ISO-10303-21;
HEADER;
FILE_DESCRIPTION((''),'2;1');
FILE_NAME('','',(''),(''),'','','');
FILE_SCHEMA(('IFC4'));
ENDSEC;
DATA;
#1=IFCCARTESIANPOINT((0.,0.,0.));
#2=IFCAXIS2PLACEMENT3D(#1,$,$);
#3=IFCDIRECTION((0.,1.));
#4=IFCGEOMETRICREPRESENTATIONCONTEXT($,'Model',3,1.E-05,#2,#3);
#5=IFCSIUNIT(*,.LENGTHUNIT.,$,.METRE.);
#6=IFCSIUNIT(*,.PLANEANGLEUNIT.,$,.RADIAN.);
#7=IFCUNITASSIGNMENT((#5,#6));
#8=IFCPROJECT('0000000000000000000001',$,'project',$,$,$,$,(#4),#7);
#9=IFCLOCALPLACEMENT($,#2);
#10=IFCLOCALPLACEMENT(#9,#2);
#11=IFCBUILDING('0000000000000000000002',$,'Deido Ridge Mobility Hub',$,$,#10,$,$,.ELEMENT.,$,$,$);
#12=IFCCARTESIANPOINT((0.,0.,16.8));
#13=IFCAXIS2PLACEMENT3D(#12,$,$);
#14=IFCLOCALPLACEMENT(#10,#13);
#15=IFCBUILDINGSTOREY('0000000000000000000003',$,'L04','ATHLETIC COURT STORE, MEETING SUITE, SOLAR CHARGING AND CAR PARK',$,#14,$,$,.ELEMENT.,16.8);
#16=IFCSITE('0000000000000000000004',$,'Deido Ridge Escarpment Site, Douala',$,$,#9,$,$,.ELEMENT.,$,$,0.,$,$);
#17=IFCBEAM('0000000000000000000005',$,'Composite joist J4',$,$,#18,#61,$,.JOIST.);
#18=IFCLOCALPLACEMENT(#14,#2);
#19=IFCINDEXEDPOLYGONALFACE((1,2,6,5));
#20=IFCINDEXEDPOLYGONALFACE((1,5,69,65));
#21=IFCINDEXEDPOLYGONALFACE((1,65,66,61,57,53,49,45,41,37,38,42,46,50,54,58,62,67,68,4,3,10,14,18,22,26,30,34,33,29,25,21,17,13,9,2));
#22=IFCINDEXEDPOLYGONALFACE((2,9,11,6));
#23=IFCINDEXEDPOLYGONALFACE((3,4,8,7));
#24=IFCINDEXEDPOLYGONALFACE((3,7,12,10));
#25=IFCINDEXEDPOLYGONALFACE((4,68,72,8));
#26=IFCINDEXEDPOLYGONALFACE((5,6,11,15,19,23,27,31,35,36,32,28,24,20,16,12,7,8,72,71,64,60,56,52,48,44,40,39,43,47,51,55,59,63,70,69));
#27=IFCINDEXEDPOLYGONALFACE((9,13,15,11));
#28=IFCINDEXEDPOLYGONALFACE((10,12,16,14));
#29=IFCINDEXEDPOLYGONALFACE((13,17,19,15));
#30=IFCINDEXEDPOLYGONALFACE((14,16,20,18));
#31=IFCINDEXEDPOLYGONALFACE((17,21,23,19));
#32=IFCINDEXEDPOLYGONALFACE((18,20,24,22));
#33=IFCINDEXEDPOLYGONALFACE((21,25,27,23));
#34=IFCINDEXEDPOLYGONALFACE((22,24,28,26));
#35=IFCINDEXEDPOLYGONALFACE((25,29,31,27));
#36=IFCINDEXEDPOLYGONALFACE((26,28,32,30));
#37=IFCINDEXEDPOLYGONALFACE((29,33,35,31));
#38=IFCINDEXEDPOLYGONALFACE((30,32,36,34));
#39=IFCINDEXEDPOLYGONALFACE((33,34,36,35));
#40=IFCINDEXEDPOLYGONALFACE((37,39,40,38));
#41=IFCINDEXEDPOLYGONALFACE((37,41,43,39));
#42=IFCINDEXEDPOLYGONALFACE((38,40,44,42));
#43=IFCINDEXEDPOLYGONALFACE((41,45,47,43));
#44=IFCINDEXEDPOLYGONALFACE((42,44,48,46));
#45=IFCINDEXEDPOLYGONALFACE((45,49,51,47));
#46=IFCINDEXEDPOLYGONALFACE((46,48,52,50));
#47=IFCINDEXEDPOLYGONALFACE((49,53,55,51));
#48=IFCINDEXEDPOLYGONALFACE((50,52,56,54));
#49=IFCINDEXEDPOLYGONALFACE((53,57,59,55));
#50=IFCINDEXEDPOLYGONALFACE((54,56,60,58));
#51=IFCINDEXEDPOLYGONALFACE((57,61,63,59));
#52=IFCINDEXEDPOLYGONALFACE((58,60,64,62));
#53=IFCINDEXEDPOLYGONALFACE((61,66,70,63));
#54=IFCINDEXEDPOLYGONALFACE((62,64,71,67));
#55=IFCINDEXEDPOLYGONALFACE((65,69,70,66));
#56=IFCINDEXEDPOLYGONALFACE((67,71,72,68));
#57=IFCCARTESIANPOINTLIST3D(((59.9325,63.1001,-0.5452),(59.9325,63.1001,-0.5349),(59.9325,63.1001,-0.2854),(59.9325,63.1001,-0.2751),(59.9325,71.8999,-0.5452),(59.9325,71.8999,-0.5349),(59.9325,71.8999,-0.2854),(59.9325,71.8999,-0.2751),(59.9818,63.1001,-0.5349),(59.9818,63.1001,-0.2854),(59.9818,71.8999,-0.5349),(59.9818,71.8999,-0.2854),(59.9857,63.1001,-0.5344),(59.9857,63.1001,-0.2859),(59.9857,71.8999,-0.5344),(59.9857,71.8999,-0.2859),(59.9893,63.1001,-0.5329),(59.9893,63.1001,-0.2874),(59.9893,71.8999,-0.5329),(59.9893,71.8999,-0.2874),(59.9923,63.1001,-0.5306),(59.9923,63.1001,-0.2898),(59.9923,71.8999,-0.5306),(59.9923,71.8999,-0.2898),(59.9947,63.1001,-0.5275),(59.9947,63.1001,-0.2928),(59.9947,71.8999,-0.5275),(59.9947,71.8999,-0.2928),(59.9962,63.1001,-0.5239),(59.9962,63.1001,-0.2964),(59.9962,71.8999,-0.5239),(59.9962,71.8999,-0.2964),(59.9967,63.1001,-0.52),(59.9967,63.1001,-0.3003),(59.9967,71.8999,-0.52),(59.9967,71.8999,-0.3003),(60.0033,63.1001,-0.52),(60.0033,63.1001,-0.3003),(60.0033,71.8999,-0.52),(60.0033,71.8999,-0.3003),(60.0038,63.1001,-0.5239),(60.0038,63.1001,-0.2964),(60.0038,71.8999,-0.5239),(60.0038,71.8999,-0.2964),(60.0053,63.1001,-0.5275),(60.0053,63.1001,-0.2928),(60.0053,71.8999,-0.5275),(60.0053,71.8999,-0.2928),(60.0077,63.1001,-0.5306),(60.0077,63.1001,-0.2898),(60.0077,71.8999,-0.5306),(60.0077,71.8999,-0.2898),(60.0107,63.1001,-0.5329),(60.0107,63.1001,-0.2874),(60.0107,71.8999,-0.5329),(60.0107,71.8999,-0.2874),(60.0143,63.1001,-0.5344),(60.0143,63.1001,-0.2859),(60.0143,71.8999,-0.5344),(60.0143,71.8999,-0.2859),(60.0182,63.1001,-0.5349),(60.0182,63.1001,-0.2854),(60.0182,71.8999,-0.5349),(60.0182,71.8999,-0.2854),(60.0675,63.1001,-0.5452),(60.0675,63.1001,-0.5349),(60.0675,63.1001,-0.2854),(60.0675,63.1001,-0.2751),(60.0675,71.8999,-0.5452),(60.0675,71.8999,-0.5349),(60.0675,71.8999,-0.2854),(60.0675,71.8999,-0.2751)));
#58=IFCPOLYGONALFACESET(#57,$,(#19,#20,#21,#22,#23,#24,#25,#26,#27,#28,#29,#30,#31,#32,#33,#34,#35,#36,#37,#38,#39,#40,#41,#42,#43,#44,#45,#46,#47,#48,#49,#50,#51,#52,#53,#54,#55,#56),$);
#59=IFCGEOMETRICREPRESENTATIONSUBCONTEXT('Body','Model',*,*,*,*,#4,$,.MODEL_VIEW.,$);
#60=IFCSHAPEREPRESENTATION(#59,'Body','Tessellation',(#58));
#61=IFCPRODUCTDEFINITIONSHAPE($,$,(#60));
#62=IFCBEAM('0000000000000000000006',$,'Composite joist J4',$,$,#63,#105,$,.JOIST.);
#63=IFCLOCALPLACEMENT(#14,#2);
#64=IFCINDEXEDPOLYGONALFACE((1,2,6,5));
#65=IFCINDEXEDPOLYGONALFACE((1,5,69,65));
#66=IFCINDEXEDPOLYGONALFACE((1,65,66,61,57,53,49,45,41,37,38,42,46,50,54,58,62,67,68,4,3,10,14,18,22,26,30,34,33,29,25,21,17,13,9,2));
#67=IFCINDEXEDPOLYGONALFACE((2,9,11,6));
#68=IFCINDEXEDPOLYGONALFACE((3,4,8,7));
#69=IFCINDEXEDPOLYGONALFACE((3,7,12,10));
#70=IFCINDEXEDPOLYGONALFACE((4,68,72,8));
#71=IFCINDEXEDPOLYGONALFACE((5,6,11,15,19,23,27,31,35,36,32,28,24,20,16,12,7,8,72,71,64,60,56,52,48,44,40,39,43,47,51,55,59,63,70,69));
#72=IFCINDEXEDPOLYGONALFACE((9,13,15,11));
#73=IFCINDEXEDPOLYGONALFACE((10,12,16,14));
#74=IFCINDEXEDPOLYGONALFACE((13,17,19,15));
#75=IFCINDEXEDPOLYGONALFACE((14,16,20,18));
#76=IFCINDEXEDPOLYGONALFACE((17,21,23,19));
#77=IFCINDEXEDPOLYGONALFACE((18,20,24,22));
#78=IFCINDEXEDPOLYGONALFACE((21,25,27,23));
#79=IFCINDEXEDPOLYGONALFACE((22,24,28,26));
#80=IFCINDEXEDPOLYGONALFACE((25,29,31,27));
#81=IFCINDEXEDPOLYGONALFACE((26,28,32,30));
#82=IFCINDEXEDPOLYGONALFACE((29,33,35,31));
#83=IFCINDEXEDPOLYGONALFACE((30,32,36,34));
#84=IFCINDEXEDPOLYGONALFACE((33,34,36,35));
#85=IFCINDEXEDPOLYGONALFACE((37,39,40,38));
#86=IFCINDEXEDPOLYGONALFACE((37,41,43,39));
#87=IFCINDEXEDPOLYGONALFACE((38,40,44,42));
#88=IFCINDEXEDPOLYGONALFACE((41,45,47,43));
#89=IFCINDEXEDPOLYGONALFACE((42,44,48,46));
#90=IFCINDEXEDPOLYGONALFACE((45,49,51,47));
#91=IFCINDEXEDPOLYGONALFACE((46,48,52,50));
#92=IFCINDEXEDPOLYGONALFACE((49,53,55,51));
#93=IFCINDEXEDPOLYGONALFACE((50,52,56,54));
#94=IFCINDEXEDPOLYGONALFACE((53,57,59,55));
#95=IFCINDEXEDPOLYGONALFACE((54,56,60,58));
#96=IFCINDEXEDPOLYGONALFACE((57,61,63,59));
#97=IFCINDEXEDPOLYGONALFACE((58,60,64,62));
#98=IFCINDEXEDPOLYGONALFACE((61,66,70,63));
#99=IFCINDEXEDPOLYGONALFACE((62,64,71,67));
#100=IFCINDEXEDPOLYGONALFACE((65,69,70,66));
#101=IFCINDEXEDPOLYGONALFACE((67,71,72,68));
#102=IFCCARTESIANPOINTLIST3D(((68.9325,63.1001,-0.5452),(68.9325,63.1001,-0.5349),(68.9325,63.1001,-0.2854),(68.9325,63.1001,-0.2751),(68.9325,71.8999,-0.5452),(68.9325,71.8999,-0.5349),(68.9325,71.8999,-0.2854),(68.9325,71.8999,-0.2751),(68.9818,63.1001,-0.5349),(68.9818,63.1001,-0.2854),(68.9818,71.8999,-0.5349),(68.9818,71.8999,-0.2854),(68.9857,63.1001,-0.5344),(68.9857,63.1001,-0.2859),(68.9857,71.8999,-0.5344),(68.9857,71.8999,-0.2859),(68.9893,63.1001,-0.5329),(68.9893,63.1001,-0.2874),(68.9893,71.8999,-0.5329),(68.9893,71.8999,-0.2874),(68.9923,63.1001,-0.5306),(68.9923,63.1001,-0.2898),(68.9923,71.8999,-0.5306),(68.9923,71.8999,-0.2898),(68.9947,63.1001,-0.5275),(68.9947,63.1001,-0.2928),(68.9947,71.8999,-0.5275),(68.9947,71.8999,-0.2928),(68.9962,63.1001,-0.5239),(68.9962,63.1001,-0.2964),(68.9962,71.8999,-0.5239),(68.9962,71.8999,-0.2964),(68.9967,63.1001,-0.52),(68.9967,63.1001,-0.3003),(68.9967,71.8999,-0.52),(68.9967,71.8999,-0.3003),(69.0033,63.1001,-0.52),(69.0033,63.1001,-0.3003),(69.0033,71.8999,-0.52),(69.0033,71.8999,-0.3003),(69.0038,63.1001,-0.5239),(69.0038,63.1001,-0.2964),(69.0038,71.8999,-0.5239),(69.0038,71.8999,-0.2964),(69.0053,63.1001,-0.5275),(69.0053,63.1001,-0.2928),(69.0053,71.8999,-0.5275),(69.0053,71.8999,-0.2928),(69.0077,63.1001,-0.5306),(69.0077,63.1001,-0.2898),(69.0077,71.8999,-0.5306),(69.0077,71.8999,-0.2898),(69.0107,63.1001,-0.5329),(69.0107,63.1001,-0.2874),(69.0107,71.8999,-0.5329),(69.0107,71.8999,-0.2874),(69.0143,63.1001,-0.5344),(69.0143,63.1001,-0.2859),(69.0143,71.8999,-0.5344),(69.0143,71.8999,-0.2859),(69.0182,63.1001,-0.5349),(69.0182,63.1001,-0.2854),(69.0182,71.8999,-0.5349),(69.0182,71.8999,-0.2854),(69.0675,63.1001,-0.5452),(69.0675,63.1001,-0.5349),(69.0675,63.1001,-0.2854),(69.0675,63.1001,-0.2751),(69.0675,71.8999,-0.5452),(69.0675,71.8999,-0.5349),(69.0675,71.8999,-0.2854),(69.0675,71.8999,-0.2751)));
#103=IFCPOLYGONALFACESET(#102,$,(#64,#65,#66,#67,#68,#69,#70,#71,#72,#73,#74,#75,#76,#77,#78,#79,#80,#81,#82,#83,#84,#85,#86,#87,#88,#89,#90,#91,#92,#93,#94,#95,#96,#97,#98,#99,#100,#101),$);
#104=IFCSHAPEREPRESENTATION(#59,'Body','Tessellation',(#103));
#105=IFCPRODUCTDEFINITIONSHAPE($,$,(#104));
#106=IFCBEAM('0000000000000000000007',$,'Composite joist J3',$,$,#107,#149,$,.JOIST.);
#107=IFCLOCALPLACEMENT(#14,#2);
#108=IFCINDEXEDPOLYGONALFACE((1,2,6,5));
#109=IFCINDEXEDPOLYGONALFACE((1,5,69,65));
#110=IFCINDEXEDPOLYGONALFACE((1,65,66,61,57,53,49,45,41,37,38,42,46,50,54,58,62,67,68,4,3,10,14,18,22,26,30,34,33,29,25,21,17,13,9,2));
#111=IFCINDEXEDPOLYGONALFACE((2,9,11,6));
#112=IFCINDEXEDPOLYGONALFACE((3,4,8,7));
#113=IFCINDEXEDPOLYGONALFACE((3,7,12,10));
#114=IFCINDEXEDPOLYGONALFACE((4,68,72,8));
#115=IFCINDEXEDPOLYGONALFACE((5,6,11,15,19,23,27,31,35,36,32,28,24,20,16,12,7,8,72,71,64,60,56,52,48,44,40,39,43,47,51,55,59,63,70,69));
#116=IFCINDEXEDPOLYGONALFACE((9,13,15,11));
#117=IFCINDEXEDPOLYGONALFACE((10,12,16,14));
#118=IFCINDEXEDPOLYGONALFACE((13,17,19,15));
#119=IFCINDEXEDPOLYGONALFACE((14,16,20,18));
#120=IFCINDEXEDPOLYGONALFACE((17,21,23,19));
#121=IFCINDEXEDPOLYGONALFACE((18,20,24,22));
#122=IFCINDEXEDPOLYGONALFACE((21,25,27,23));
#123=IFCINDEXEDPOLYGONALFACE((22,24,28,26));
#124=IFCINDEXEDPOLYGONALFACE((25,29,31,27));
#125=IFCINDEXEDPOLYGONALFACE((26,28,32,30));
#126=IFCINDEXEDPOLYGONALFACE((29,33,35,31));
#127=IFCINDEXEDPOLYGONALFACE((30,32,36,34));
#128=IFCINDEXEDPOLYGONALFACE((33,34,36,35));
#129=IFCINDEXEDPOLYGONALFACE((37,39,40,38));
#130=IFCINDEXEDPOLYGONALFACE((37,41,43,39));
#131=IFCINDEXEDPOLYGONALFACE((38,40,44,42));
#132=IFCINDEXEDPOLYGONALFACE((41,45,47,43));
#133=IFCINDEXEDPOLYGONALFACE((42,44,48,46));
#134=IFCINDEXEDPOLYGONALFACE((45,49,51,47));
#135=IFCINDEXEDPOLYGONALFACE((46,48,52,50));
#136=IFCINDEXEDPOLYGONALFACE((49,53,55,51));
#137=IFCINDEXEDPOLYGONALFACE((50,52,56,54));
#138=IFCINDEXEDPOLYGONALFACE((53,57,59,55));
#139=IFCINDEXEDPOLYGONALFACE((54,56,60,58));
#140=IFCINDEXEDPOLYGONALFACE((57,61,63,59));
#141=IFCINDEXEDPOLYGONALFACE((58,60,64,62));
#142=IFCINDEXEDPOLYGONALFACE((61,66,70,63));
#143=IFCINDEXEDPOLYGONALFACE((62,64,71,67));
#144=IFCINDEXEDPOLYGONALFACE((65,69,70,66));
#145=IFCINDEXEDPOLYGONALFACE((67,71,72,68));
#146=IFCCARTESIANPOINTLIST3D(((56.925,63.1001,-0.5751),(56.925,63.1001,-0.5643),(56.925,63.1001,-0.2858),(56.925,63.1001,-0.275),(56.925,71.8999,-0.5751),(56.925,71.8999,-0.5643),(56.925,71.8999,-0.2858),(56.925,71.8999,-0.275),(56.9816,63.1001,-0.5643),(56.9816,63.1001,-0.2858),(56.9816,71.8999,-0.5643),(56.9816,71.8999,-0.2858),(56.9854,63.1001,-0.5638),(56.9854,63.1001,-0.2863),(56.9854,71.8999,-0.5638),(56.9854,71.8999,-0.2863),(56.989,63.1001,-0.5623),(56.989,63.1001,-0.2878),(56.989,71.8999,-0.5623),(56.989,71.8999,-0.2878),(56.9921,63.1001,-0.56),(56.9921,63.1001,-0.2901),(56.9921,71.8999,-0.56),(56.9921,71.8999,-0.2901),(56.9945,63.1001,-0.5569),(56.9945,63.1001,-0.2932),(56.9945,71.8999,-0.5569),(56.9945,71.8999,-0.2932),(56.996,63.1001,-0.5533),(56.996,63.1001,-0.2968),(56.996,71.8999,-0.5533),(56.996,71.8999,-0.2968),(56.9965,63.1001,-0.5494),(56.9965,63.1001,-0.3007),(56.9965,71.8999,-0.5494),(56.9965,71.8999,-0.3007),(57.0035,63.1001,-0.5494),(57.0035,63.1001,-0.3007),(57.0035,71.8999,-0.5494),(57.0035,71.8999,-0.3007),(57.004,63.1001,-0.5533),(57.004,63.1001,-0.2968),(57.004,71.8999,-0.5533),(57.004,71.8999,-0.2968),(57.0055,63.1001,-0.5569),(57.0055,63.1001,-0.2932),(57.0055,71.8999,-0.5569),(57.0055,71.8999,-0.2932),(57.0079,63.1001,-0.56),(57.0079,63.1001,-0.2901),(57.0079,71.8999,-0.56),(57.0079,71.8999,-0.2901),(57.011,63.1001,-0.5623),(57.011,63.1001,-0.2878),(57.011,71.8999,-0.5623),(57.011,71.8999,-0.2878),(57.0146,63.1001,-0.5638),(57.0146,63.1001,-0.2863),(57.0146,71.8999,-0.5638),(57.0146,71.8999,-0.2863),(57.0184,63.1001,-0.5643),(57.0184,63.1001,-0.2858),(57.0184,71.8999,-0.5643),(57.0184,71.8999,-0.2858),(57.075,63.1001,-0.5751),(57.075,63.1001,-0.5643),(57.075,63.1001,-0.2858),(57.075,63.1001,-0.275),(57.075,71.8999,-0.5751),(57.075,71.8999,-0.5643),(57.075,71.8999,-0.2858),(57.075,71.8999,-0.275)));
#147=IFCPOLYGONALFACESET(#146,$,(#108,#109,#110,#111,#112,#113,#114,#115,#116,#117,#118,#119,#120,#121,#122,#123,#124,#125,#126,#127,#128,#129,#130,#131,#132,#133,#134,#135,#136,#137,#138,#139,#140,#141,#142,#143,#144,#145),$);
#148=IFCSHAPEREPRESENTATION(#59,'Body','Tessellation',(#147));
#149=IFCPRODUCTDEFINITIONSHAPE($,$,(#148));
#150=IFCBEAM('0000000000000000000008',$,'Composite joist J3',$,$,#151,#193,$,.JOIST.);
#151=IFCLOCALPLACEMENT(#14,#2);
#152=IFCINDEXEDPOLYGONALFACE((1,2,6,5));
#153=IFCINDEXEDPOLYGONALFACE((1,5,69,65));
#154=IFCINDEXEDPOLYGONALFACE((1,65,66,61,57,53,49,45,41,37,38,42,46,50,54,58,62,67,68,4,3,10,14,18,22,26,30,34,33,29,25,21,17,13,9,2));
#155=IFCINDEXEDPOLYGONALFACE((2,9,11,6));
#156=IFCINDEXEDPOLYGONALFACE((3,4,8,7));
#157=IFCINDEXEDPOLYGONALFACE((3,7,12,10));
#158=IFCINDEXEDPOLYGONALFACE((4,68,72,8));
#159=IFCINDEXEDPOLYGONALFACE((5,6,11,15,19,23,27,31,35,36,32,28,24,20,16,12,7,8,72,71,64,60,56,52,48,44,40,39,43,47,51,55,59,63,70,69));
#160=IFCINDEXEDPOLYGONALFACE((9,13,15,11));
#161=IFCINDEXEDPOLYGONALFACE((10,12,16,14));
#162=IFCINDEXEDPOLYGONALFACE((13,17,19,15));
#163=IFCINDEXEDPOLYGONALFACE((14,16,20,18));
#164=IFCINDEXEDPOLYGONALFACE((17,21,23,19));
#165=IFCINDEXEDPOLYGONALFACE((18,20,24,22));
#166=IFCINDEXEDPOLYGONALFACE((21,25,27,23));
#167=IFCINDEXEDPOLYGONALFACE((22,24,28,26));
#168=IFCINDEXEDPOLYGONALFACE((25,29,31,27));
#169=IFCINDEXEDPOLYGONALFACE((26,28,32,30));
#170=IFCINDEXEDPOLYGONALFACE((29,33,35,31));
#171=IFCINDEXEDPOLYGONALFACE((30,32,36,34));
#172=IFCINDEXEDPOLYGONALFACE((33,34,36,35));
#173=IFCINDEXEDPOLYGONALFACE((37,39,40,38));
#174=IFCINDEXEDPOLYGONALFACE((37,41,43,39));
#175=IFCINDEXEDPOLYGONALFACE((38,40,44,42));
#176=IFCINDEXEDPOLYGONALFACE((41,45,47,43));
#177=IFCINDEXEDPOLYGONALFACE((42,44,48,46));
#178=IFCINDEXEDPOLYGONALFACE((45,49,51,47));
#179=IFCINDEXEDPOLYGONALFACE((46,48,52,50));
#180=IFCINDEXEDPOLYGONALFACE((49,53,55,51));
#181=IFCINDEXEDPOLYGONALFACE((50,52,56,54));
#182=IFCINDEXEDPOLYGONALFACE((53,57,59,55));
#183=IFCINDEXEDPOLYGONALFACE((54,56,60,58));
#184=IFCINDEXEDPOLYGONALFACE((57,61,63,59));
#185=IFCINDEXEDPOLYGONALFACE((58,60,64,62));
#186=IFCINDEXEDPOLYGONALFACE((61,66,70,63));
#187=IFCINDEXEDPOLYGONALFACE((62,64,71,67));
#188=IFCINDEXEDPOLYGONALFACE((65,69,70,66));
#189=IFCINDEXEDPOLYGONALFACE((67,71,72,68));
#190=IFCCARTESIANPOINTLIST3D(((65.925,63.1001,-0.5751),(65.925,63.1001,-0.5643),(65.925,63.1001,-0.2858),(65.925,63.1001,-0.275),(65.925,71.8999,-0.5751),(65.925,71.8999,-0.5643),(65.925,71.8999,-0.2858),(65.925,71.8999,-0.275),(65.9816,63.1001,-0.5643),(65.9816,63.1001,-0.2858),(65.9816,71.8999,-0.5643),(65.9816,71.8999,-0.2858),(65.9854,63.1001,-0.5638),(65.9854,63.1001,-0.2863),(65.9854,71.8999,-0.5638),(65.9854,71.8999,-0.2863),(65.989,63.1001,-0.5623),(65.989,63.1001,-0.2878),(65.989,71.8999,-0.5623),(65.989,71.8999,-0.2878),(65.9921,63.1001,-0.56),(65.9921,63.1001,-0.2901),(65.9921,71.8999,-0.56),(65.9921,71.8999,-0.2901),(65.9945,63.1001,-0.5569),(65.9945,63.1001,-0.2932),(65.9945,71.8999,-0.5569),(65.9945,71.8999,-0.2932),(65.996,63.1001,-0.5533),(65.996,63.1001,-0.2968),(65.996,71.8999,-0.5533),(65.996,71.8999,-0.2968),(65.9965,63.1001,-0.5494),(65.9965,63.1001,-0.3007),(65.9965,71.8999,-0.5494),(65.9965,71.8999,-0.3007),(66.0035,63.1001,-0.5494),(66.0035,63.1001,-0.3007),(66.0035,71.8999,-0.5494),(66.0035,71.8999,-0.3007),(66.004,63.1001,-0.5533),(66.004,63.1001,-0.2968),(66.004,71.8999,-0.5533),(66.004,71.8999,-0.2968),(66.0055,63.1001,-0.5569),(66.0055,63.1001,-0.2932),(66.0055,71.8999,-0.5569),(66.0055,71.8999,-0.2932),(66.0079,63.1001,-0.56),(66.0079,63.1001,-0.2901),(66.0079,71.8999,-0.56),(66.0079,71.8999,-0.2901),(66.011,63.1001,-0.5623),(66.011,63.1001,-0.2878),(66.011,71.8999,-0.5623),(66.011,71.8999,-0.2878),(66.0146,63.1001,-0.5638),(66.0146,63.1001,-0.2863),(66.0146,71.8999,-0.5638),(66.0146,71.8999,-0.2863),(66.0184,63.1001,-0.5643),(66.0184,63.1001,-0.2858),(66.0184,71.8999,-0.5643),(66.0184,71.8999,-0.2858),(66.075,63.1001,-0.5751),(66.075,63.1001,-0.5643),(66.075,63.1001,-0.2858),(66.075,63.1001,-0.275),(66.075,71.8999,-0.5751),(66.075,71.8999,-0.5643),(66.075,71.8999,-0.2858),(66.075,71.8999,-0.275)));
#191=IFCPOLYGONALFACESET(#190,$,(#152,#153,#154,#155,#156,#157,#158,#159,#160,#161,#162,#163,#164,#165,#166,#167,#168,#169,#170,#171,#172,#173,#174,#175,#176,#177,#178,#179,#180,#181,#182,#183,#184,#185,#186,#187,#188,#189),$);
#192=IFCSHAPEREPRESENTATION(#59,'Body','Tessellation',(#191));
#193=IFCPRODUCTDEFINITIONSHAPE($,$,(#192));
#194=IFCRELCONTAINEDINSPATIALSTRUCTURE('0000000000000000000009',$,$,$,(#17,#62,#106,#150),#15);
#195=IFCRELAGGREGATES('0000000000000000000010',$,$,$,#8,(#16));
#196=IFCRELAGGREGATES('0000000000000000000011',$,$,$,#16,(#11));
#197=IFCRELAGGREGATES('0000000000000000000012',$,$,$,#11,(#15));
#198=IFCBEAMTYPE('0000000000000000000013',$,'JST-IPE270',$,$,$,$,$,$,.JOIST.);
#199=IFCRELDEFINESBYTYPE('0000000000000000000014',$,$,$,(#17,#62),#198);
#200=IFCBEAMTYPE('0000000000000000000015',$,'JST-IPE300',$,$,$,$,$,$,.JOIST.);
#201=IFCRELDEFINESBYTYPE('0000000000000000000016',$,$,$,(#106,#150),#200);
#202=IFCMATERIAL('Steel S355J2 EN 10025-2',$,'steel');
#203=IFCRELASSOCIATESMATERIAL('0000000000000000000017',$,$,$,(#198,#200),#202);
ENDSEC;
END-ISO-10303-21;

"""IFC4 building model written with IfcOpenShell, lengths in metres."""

from ifc_helpers import new_model, si_unit, direction, frame, origin, origin_2d, place, context, subcontext, project, spatial, i_section, extrude, material, material_profile, profile_set, type_object, element, save


model = new_model("IFC4")

# Units and contexts
model_context = context("Model", 3, precision=1e-05, world=origin(), true_north=direction((0.0, 1.0)))
body_context = subcontext(model_context, "Body", "Model", "MODEL_VIEW")
ifc_project = project(units=[si_unit("LENGTHUNIT", "METRE"), si_unit("PLANEANGLEUNIT", "RADIAN")], contexts=[model_context])

# Site, building, storey
site_placement = place(None, origin())
site = spatial("IfcSite", under=ifc_project, at=site_placement, Name="Deido Ridge Escarpment Site, Douala", CompositionType="ELEMENT", RefElevation=0.0)
building_placement = place(site_placement, origin())
building = spatial("IfcBuilding", under=site, at=building_placement, Name="Deido Ridge Mobility Hub", CompositionType="ELEMENT")
storey_placement = place(building_placement, frame((0.0, 0.0, 16.8)))
storey = spatial("IfcBuildingStorey", under=building, at=storey_placement, Name="L04", Description="ATHLETIC COURT STORE, MEETING SUITE, SOLAR CHARGING AND CAR PARK", CompositionType="ELEMENT", Elevation=16.8)

# Shared definitions
ifc_material_1 = material(Name="Steel S355J2 EN 10025-2", Category="steel")

# Beams
ifc_material_profile_1 = material_profile(ifc_material_1, i_section(OverallWidth=0.135, OverallDepth=0.27, WebThickness=0.0066, FlangeThickness=0.0103, FilletRadius=0.0149, at=origin_2d()), Name="IPE 270")
ifc_profile_set_1 = profile_set([ifc_material_profile_1], Name="Steel S355J2 EN 10025-2")
beam_type_1 = type_object("IfcBeamType", Name="JST-IPE270", PredefinedType="JOIST", material=ifc_profile_set_1)
for number, where, z_axis, x_axis, name in (
    (1, (60.0, 63.1001, -0.4102), (0.0, 1.0, 0.0), (-1.0, 0.0, 0.0), "Composite joist J4"),
    (2, (69.0, 63.1001, -0.4102), (0.0, 1.0, 0.0), (-1.0, 0.0, 0.0), "Composite joist J4"),
):
    element("IfcBeam", number, at=place(storey_placement, frame(where, z_axis=z_axis, x_axis=x_axis)), inside=storey, type_object=beam_type_1, Name=name, PredefinedType="JOIST", context=body_context, shape_type="SweptSolid", body=[
        extrude(i_section(OverallWidth=0.135, OverallDepth=0.27, WebThickness=0.0066, FlangeThickness=0.0103, FilletRadius=0.0149, at=origin_2d()), origin(), (0.0, 0.0, 1.0), 8.7998),
    ])
ifc_material_profile_2 = material_profile(ifc_material_1, i_section(OverallWidth=0.1499, OverallDepth=0.3, WebThickness=0.0071, FlangeThickness=0.0107, FilletRadius=0.0149, at=origin_2d()), Name="IPE 300")
ifc_profile_set_2 = profile_set([ifc_material_profile_2], Name="Steel S355J2 EN 10025-2")
beam_type_2 = type_object("IfcBeamType", Name="JST-IPE300", PredefinedType="JOIST", material=ifc_profile_set_2)
for number, where, z_axis, x_axis, name in (
    (3, (57.0, 63.1001, -0.425), (0.0, 1.0, 0.0), (-1.0, 0.0, 0.0), "Composite joist J3"),
    (4, (66.0, 63.1001, -0.425), (0.0, 1.0, 0.0), (-1.0, 0.0, 0.0), "Composite joist J3"),
):
    element("IfcBeam", number, at=place(storey_placement, frame(where, z_axis=z_axis, x_axis=x_axis)), inside=storey, type_object=beam_type_2, Name=name, PredefinedType="JOIST", context=body_context, shape_type="SweptSolid", body=[
        extrude(i_section(OverallWidth=0.1499, OverallDepth=0.3, WebThickness=0.0071, FlangeThickness=0.0107, FilletRadius=0.0149, at=origin_2d()), origin(), (0.0, 0.0, 1.0), 8.7998),
    ])

save(model, "model.ifc")
